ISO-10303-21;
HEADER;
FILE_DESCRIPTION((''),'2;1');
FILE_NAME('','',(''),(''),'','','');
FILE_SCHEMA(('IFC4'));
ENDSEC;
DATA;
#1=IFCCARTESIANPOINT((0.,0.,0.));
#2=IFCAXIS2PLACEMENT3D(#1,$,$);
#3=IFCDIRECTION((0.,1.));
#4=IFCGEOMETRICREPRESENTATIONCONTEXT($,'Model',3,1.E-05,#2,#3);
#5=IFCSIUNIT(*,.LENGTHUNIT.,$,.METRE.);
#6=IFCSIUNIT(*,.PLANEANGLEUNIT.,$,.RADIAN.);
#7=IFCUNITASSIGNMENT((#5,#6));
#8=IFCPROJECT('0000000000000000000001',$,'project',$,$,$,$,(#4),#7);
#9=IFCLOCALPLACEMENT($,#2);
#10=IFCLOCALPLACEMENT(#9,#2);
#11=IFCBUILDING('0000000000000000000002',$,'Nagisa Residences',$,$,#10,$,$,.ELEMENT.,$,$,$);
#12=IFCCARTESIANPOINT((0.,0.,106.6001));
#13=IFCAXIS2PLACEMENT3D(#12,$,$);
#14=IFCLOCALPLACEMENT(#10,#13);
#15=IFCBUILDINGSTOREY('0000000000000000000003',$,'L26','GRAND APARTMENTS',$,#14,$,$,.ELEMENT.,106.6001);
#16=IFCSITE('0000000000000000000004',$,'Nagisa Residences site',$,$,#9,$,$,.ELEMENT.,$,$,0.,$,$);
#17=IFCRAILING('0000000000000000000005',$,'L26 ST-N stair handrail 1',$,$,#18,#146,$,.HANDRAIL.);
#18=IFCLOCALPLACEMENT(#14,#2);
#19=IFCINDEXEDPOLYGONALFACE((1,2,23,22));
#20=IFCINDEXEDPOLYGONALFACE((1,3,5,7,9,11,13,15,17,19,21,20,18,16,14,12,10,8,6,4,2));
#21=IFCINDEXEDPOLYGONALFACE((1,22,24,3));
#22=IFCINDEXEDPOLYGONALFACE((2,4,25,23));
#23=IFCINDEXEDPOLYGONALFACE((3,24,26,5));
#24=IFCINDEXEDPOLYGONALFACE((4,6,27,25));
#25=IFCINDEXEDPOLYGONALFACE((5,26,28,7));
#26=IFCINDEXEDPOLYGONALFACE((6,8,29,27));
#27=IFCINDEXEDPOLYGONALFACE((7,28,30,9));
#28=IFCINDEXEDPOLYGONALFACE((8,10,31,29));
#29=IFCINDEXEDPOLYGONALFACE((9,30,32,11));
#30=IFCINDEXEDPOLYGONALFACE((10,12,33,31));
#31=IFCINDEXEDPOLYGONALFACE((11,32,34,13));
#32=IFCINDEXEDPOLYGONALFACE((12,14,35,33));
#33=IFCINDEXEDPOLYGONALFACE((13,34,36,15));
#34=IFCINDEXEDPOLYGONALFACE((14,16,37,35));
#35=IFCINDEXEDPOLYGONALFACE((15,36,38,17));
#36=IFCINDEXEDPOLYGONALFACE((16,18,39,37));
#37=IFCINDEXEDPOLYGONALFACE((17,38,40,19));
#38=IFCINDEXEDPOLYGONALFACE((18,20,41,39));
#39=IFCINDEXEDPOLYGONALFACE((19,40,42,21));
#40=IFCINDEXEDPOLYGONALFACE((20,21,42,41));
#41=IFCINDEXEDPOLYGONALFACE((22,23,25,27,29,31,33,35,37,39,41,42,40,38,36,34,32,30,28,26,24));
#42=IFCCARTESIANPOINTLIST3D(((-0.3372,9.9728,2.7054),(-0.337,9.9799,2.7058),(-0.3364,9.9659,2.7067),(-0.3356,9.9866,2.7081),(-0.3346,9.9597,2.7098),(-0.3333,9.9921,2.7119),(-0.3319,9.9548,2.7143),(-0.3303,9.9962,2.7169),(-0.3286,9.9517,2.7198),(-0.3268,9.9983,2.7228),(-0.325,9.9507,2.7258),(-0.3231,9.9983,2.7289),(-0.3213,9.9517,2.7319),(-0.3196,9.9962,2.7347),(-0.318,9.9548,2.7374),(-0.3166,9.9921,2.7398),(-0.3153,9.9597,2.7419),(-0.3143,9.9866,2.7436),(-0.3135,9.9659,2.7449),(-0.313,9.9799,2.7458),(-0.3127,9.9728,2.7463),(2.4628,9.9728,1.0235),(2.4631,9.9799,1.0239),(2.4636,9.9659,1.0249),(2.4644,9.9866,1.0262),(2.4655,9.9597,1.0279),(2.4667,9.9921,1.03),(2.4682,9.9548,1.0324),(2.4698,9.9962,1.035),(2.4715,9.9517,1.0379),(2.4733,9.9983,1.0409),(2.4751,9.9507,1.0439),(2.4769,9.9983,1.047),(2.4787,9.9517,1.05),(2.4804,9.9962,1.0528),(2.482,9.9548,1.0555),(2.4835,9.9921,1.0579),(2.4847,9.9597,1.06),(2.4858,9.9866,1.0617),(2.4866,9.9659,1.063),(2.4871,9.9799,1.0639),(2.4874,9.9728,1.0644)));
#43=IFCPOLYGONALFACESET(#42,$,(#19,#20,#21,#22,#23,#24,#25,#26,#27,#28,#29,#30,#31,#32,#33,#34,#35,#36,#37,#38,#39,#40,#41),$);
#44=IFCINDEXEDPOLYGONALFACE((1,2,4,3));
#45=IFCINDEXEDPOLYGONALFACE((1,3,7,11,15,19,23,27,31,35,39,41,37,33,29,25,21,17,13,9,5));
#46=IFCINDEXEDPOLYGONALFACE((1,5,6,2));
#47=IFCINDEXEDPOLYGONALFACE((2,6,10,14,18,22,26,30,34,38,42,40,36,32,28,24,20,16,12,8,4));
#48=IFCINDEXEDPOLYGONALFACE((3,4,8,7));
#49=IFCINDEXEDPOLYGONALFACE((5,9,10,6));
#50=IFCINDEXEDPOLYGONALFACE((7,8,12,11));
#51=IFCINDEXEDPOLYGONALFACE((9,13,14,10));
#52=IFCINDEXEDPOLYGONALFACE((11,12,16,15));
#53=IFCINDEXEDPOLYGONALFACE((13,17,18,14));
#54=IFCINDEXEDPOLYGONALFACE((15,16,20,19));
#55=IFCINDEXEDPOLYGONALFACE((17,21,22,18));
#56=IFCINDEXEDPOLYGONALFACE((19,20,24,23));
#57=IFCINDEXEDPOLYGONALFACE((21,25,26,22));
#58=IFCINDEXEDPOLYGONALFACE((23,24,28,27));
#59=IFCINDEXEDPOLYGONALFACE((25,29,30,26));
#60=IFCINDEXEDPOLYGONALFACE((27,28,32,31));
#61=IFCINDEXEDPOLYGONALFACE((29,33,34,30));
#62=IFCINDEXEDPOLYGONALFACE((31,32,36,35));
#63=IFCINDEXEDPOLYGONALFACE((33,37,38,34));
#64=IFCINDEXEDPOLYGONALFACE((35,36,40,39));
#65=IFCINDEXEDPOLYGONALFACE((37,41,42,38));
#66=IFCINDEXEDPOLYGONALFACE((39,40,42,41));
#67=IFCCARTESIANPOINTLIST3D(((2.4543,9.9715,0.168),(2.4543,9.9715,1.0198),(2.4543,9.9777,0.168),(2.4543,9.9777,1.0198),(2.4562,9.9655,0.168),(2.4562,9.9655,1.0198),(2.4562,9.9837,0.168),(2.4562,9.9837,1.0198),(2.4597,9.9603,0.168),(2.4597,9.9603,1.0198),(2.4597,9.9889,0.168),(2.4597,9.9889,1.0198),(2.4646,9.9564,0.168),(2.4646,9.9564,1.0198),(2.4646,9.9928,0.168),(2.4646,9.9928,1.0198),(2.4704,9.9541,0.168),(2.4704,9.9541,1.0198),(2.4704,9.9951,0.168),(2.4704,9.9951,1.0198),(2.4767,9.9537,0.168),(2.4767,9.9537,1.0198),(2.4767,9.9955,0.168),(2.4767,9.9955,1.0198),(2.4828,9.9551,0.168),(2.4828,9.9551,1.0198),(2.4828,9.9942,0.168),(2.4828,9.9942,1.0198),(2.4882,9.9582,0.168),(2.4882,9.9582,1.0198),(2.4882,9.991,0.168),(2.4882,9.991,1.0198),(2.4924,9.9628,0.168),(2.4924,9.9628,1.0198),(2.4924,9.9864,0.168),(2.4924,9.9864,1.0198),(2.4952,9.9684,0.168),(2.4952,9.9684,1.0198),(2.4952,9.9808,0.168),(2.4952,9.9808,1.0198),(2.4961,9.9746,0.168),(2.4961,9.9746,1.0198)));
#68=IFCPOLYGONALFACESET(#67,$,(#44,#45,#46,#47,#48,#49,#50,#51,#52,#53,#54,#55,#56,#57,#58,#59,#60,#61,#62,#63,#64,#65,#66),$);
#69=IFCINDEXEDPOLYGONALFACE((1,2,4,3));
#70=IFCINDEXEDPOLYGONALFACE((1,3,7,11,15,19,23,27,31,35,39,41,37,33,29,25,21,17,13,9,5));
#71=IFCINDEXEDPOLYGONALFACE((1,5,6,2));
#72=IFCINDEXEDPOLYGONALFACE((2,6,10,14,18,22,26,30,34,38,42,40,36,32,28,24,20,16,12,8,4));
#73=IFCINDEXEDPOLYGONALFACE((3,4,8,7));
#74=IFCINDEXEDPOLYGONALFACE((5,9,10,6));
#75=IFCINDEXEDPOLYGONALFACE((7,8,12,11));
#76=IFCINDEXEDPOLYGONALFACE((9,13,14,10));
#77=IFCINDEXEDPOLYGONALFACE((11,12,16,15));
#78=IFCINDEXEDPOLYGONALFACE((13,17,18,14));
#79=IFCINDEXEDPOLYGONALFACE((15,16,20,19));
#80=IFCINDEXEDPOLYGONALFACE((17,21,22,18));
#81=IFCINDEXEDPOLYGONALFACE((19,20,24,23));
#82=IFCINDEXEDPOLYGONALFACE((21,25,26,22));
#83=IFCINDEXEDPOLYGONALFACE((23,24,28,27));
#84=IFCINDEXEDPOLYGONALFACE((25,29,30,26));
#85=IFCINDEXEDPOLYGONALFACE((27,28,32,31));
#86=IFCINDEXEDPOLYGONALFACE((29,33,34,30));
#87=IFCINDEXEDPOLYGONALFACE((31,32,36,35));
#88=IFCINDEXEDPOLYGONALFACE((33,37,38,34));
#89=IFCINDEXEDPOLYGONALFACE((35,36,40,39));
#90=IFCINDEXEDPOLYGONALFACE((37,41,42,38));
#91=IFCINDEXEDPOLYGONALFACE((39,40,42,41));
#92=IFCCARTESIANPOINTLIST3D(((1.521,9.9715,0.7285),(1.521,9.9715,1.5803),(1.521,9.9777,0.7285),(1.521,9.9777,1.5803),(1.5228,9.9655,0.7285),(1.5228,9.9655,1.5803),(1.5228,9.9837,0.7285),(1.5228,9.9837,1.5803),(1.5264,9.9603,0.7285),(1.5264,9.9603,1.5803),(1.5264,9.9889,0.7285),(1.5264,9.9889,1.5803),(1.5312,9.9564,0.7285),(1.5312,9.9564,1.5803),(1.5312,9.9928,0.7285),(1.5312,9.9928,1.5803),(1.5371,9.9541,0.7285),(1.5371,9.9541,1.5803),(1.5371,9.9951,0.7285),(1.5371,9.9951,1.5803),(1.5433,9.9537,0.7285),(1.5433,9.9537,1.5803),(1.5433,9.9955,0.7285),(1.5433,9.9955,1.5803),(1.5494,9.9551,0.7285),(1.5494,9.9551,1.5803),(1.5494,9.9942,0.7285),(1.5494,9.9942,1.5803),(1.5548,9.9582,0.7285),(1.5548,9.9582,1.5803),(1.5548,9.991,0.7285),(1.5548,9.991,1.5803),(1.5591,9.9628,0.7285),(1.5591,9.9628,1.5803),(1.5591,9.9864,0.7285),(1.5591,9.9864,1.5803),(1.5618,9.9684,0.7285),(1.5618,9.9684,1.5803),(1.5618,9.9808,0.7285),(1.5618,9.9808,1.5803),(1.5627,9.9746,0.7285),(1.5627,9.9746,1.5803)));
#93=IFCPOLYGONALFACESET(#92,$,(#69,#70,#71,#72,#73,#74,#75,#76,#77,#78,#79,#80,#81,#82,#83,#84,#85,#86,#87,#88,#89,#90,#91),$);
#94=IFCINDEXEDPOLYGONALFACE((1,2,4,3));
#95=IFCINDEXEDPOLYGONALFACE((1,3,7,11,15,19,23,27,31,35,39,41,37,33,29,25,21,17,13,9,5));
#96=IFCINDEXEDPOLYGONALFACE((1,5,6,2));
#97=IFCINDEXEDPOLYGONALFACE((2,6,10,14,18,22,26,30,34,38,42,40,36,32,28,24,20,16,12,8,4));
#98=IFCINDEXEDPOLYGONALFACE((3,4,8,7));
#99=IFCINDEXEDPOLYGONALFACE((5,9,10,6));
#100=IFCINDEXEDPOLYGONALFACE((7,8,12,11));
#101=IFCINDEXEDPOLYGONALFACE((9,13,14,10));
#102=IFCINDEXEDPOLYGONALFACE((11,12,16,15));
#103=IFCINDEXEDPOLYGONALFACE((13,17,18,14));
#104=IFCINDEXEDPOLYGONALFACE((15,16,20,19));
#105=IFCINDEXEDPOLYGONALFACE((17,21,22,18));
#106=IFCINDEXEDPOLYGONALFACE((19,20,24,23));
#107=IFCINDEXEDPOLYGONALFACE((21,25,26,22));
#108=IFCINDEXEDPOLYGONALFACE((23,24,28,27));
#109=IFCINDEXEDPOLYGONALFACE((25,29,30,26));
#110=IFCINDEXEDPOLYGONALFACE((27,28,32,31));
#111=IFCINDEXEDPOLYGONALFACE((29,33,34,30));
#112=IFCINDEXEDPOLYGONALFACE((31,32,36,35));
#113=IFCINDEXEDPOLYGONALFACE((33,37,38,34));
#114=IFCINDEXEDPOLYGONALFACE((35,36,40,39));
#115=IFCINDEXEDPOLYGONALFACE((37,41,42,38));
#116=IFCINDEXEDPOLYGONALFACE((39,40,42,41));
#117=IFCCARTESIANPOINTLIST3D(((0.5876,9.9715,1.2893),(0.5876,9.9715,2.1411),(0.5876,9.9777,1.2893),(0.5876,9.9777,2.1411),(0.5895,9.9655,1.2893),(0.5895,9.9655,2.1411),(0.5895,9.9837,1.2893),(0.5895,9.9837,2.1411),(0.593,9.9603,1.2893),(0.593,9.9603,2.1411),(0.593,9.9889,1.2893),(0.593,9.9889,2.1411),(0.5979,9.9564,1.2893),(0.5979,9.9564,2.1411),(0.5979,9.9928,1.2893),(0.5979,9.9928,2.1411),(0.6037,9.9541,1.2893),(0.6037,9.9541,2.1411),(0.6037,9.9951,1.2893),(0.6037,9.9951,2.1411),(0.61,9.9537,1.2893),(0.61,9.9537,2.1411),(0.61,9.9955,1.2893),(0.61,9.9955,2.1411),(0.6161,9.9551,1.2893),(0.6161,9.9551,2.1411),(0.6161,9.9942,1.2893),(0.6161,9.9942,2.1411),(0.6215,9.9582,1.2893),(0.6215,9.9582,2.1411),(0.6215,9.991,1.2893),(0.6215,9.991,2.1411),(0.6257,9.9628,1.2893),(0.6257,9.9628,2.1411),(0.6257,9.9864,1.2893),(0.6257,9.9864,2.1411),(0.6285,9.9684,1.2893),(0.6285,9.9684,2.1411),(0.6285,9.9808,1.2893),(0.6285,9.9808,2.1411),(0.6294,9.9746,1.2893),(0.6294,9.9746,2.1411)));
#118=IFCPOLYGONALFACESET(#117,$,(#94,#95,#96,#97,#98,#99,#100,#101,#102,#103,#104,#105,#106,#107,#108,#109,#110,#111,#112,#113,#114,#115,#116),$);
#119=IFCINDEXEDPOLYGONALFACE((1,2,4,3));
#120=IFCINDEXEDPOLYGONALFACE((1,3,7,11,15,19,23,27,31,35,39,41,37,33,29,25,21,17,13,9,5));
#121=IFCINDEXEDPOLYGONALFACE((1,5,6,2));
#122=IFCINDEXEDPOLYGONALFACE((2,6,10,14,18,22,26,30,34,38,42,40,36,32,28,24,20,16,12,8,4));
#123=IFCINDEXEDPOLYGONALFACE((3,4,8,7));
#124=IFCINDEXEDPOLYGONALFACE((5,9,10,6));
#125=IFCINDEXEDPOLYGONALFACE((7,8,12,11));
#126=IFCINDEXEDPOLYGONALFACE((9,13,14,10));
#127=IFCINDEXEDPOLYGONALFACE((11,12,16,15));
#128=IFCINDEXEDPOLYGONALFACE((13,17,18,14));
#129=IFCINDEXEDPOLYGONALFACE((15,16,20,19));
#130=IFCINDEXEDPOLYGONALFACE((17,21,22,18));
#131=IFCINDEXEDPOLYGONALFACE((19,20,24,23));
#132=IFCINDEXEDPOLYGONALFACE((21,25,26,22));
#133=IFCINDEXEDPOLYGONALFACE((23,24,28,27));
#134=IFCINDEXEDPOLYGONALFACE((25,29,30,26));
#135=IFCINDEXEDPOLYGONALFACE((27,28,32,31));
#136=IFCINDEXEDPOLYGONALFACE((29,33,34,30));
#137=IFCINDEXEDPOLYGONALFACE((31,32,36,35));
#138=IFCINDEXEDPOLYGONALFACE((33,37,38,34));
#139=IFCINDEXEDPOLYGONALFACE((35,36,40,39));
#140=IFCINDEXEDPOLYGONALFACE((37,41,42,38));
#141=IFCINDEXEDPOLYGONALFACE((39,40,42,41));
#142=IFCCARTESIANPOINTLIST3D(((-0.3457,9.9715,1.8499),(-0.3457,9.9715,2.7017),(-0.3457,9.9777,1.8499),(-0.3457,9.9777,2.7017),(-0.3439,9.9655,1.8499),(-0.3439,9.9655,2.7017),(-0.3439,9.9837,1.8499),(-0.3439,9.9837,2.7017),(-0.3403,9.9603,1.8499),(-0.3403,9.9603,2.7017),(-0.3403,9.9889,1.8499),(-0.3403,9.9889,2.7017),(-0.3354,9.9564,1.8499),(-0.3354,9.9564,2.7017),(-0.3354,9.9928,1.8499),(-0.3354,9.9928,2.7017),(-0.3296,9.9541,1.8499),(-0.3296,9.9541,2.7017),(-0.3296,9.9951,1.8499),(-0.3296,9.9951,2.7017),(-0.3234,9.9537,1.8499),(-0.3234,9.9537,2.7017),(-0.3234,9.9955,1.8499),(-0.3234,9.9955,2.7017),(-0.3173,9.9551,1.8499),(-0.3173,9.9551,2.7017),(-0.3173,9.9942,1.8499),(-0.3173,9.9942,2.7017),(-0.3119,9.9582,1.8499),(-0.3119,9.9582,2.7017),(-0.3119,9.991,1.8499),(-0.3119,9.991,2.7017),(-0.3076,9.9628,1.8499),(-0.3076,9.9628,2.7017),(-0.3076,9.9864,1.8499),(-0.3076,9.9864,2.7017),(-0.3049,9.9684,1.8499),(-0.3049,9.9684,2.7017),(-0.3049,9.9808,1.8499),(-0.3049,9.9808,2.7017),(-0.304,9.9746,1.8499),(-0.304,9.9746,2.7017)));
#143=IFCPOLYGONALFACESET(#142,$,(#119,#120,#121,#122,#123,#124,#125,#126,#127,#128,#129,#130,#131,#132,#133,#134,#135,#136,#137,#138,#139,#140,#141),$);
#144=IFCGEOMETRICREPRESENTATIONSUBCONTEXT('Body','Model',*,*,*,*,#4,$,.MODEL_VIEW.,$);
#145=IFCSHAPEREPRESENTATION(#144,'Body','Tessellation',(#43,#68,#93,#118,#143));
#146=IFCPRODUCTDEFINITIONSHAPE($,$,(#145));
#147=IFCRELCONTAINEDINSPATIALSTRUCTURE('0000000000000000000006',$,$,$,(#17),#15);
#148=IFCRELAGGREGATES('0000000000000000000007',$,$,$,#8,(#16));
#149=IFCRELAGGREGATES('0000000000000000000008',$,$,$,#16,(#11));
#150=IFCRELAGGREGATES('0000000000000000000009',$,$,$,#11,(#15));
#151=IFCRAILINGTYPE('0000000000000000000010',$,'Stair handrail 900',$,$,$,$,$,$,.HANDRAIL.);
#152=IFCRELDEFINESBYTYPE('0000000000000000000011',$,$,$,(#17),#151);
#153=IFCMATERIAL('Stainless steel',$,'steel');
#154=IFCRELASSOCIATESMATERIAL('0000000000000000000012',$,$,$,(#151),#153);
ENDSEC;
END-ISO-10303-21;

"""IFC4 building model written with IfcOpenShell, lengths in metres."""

from ifc_helpers import new_model, si_unit, direction, frame, origin, origin_2d, place, context, subcontext, project, spatial, circle, extrude, material, type_object, element, save


model = new_model("IFC4")

# Units and contexts
model_context = context("Model", 3, precision=1e-05, world=origin(), true_north=direction((0.0, 1.0)))
body_context = subcontext(model_context, "Body", "Model", "MODEL_VIEW")
ifc_project = project(units=[si_unit("LENGTHUNIT", "METRE"), si_unit("PLANEANGLEUNIT", "RADIAN")], contexts=[model_context])

# Site, building, storey
site_placement = place(None, origin())
site = spatial("IfcSite", under=ifc_project, at=site_placement, Name="Nagisa Residences site", CompositionType="ELEMENT", RefElevation=0.0)
building_placement = place(site_placement, origin())
building = spatial("IfcBuilding", under=site, at=building_placement, Name="Nagisa Residences", CompositionType="ELEMENT")
storey_placement = place(building_placement, frame((0.0, 0.0, 106.6001)))
storey = spatial("IfcBuildingStorey", under=building, at=storey_placement, Name="L26", Description="GRAND APARTMENTS", CompositionType="ELEMENT", Elevation=106.6001)

# Railing
ifc_material_1 = material(Name="Stainless steel", Category="steel")
railing_type_1 = type_object("IfcRailingType", Name="Stair handrail 900", PredefinedType="HANDRAIL", material=ifc_material_1)
railing_1_placement = place(storey_placement, frame((2.4751, 9.9746, 0.168)))
element("IfcRailing", 1, at=railing_1_placement, inside=storey, type_object=railing_type_1, Name="L26 ST-N stair handrail 1", PredefinedType="HANDRAIL", context=body_context, shape_type="SweptSolid", body=[
    extrude(circle(Radius=0.0239, at=origin_2d()), frame((0.0, 0.0, 0.876), z_axis=(-0.857242, 0.0, 0.514913), x_axis=(0.0, -1.0, 0.0)), (0.0, 0.0, 1.0), 3.2664),
    extrude(circle(Radius=0.021, at=origin_2d()), origin(), (0.0, 0.0, 1.0), 0.8518),
    extrude(circle(Radius=0.021, at=origin_2d()), frame((-0.9333, 0.0, 0.5605)), (0.0, 0.0, 1.0), 0.8518),
    extrude(circle(Radius=0.021, at=origin_2d()), frame((-1.8667, 0.0, 1.1213)), (0.0, 0.0, 1.0), 0.8518),
    extrude(circle(Radius=0.021, at=origin_2d()), frame((-2.8, 0.0, 1.6819)), (0.0, 0.0, 1.0), 0.8518),
])

save(model, "model.ifc")
